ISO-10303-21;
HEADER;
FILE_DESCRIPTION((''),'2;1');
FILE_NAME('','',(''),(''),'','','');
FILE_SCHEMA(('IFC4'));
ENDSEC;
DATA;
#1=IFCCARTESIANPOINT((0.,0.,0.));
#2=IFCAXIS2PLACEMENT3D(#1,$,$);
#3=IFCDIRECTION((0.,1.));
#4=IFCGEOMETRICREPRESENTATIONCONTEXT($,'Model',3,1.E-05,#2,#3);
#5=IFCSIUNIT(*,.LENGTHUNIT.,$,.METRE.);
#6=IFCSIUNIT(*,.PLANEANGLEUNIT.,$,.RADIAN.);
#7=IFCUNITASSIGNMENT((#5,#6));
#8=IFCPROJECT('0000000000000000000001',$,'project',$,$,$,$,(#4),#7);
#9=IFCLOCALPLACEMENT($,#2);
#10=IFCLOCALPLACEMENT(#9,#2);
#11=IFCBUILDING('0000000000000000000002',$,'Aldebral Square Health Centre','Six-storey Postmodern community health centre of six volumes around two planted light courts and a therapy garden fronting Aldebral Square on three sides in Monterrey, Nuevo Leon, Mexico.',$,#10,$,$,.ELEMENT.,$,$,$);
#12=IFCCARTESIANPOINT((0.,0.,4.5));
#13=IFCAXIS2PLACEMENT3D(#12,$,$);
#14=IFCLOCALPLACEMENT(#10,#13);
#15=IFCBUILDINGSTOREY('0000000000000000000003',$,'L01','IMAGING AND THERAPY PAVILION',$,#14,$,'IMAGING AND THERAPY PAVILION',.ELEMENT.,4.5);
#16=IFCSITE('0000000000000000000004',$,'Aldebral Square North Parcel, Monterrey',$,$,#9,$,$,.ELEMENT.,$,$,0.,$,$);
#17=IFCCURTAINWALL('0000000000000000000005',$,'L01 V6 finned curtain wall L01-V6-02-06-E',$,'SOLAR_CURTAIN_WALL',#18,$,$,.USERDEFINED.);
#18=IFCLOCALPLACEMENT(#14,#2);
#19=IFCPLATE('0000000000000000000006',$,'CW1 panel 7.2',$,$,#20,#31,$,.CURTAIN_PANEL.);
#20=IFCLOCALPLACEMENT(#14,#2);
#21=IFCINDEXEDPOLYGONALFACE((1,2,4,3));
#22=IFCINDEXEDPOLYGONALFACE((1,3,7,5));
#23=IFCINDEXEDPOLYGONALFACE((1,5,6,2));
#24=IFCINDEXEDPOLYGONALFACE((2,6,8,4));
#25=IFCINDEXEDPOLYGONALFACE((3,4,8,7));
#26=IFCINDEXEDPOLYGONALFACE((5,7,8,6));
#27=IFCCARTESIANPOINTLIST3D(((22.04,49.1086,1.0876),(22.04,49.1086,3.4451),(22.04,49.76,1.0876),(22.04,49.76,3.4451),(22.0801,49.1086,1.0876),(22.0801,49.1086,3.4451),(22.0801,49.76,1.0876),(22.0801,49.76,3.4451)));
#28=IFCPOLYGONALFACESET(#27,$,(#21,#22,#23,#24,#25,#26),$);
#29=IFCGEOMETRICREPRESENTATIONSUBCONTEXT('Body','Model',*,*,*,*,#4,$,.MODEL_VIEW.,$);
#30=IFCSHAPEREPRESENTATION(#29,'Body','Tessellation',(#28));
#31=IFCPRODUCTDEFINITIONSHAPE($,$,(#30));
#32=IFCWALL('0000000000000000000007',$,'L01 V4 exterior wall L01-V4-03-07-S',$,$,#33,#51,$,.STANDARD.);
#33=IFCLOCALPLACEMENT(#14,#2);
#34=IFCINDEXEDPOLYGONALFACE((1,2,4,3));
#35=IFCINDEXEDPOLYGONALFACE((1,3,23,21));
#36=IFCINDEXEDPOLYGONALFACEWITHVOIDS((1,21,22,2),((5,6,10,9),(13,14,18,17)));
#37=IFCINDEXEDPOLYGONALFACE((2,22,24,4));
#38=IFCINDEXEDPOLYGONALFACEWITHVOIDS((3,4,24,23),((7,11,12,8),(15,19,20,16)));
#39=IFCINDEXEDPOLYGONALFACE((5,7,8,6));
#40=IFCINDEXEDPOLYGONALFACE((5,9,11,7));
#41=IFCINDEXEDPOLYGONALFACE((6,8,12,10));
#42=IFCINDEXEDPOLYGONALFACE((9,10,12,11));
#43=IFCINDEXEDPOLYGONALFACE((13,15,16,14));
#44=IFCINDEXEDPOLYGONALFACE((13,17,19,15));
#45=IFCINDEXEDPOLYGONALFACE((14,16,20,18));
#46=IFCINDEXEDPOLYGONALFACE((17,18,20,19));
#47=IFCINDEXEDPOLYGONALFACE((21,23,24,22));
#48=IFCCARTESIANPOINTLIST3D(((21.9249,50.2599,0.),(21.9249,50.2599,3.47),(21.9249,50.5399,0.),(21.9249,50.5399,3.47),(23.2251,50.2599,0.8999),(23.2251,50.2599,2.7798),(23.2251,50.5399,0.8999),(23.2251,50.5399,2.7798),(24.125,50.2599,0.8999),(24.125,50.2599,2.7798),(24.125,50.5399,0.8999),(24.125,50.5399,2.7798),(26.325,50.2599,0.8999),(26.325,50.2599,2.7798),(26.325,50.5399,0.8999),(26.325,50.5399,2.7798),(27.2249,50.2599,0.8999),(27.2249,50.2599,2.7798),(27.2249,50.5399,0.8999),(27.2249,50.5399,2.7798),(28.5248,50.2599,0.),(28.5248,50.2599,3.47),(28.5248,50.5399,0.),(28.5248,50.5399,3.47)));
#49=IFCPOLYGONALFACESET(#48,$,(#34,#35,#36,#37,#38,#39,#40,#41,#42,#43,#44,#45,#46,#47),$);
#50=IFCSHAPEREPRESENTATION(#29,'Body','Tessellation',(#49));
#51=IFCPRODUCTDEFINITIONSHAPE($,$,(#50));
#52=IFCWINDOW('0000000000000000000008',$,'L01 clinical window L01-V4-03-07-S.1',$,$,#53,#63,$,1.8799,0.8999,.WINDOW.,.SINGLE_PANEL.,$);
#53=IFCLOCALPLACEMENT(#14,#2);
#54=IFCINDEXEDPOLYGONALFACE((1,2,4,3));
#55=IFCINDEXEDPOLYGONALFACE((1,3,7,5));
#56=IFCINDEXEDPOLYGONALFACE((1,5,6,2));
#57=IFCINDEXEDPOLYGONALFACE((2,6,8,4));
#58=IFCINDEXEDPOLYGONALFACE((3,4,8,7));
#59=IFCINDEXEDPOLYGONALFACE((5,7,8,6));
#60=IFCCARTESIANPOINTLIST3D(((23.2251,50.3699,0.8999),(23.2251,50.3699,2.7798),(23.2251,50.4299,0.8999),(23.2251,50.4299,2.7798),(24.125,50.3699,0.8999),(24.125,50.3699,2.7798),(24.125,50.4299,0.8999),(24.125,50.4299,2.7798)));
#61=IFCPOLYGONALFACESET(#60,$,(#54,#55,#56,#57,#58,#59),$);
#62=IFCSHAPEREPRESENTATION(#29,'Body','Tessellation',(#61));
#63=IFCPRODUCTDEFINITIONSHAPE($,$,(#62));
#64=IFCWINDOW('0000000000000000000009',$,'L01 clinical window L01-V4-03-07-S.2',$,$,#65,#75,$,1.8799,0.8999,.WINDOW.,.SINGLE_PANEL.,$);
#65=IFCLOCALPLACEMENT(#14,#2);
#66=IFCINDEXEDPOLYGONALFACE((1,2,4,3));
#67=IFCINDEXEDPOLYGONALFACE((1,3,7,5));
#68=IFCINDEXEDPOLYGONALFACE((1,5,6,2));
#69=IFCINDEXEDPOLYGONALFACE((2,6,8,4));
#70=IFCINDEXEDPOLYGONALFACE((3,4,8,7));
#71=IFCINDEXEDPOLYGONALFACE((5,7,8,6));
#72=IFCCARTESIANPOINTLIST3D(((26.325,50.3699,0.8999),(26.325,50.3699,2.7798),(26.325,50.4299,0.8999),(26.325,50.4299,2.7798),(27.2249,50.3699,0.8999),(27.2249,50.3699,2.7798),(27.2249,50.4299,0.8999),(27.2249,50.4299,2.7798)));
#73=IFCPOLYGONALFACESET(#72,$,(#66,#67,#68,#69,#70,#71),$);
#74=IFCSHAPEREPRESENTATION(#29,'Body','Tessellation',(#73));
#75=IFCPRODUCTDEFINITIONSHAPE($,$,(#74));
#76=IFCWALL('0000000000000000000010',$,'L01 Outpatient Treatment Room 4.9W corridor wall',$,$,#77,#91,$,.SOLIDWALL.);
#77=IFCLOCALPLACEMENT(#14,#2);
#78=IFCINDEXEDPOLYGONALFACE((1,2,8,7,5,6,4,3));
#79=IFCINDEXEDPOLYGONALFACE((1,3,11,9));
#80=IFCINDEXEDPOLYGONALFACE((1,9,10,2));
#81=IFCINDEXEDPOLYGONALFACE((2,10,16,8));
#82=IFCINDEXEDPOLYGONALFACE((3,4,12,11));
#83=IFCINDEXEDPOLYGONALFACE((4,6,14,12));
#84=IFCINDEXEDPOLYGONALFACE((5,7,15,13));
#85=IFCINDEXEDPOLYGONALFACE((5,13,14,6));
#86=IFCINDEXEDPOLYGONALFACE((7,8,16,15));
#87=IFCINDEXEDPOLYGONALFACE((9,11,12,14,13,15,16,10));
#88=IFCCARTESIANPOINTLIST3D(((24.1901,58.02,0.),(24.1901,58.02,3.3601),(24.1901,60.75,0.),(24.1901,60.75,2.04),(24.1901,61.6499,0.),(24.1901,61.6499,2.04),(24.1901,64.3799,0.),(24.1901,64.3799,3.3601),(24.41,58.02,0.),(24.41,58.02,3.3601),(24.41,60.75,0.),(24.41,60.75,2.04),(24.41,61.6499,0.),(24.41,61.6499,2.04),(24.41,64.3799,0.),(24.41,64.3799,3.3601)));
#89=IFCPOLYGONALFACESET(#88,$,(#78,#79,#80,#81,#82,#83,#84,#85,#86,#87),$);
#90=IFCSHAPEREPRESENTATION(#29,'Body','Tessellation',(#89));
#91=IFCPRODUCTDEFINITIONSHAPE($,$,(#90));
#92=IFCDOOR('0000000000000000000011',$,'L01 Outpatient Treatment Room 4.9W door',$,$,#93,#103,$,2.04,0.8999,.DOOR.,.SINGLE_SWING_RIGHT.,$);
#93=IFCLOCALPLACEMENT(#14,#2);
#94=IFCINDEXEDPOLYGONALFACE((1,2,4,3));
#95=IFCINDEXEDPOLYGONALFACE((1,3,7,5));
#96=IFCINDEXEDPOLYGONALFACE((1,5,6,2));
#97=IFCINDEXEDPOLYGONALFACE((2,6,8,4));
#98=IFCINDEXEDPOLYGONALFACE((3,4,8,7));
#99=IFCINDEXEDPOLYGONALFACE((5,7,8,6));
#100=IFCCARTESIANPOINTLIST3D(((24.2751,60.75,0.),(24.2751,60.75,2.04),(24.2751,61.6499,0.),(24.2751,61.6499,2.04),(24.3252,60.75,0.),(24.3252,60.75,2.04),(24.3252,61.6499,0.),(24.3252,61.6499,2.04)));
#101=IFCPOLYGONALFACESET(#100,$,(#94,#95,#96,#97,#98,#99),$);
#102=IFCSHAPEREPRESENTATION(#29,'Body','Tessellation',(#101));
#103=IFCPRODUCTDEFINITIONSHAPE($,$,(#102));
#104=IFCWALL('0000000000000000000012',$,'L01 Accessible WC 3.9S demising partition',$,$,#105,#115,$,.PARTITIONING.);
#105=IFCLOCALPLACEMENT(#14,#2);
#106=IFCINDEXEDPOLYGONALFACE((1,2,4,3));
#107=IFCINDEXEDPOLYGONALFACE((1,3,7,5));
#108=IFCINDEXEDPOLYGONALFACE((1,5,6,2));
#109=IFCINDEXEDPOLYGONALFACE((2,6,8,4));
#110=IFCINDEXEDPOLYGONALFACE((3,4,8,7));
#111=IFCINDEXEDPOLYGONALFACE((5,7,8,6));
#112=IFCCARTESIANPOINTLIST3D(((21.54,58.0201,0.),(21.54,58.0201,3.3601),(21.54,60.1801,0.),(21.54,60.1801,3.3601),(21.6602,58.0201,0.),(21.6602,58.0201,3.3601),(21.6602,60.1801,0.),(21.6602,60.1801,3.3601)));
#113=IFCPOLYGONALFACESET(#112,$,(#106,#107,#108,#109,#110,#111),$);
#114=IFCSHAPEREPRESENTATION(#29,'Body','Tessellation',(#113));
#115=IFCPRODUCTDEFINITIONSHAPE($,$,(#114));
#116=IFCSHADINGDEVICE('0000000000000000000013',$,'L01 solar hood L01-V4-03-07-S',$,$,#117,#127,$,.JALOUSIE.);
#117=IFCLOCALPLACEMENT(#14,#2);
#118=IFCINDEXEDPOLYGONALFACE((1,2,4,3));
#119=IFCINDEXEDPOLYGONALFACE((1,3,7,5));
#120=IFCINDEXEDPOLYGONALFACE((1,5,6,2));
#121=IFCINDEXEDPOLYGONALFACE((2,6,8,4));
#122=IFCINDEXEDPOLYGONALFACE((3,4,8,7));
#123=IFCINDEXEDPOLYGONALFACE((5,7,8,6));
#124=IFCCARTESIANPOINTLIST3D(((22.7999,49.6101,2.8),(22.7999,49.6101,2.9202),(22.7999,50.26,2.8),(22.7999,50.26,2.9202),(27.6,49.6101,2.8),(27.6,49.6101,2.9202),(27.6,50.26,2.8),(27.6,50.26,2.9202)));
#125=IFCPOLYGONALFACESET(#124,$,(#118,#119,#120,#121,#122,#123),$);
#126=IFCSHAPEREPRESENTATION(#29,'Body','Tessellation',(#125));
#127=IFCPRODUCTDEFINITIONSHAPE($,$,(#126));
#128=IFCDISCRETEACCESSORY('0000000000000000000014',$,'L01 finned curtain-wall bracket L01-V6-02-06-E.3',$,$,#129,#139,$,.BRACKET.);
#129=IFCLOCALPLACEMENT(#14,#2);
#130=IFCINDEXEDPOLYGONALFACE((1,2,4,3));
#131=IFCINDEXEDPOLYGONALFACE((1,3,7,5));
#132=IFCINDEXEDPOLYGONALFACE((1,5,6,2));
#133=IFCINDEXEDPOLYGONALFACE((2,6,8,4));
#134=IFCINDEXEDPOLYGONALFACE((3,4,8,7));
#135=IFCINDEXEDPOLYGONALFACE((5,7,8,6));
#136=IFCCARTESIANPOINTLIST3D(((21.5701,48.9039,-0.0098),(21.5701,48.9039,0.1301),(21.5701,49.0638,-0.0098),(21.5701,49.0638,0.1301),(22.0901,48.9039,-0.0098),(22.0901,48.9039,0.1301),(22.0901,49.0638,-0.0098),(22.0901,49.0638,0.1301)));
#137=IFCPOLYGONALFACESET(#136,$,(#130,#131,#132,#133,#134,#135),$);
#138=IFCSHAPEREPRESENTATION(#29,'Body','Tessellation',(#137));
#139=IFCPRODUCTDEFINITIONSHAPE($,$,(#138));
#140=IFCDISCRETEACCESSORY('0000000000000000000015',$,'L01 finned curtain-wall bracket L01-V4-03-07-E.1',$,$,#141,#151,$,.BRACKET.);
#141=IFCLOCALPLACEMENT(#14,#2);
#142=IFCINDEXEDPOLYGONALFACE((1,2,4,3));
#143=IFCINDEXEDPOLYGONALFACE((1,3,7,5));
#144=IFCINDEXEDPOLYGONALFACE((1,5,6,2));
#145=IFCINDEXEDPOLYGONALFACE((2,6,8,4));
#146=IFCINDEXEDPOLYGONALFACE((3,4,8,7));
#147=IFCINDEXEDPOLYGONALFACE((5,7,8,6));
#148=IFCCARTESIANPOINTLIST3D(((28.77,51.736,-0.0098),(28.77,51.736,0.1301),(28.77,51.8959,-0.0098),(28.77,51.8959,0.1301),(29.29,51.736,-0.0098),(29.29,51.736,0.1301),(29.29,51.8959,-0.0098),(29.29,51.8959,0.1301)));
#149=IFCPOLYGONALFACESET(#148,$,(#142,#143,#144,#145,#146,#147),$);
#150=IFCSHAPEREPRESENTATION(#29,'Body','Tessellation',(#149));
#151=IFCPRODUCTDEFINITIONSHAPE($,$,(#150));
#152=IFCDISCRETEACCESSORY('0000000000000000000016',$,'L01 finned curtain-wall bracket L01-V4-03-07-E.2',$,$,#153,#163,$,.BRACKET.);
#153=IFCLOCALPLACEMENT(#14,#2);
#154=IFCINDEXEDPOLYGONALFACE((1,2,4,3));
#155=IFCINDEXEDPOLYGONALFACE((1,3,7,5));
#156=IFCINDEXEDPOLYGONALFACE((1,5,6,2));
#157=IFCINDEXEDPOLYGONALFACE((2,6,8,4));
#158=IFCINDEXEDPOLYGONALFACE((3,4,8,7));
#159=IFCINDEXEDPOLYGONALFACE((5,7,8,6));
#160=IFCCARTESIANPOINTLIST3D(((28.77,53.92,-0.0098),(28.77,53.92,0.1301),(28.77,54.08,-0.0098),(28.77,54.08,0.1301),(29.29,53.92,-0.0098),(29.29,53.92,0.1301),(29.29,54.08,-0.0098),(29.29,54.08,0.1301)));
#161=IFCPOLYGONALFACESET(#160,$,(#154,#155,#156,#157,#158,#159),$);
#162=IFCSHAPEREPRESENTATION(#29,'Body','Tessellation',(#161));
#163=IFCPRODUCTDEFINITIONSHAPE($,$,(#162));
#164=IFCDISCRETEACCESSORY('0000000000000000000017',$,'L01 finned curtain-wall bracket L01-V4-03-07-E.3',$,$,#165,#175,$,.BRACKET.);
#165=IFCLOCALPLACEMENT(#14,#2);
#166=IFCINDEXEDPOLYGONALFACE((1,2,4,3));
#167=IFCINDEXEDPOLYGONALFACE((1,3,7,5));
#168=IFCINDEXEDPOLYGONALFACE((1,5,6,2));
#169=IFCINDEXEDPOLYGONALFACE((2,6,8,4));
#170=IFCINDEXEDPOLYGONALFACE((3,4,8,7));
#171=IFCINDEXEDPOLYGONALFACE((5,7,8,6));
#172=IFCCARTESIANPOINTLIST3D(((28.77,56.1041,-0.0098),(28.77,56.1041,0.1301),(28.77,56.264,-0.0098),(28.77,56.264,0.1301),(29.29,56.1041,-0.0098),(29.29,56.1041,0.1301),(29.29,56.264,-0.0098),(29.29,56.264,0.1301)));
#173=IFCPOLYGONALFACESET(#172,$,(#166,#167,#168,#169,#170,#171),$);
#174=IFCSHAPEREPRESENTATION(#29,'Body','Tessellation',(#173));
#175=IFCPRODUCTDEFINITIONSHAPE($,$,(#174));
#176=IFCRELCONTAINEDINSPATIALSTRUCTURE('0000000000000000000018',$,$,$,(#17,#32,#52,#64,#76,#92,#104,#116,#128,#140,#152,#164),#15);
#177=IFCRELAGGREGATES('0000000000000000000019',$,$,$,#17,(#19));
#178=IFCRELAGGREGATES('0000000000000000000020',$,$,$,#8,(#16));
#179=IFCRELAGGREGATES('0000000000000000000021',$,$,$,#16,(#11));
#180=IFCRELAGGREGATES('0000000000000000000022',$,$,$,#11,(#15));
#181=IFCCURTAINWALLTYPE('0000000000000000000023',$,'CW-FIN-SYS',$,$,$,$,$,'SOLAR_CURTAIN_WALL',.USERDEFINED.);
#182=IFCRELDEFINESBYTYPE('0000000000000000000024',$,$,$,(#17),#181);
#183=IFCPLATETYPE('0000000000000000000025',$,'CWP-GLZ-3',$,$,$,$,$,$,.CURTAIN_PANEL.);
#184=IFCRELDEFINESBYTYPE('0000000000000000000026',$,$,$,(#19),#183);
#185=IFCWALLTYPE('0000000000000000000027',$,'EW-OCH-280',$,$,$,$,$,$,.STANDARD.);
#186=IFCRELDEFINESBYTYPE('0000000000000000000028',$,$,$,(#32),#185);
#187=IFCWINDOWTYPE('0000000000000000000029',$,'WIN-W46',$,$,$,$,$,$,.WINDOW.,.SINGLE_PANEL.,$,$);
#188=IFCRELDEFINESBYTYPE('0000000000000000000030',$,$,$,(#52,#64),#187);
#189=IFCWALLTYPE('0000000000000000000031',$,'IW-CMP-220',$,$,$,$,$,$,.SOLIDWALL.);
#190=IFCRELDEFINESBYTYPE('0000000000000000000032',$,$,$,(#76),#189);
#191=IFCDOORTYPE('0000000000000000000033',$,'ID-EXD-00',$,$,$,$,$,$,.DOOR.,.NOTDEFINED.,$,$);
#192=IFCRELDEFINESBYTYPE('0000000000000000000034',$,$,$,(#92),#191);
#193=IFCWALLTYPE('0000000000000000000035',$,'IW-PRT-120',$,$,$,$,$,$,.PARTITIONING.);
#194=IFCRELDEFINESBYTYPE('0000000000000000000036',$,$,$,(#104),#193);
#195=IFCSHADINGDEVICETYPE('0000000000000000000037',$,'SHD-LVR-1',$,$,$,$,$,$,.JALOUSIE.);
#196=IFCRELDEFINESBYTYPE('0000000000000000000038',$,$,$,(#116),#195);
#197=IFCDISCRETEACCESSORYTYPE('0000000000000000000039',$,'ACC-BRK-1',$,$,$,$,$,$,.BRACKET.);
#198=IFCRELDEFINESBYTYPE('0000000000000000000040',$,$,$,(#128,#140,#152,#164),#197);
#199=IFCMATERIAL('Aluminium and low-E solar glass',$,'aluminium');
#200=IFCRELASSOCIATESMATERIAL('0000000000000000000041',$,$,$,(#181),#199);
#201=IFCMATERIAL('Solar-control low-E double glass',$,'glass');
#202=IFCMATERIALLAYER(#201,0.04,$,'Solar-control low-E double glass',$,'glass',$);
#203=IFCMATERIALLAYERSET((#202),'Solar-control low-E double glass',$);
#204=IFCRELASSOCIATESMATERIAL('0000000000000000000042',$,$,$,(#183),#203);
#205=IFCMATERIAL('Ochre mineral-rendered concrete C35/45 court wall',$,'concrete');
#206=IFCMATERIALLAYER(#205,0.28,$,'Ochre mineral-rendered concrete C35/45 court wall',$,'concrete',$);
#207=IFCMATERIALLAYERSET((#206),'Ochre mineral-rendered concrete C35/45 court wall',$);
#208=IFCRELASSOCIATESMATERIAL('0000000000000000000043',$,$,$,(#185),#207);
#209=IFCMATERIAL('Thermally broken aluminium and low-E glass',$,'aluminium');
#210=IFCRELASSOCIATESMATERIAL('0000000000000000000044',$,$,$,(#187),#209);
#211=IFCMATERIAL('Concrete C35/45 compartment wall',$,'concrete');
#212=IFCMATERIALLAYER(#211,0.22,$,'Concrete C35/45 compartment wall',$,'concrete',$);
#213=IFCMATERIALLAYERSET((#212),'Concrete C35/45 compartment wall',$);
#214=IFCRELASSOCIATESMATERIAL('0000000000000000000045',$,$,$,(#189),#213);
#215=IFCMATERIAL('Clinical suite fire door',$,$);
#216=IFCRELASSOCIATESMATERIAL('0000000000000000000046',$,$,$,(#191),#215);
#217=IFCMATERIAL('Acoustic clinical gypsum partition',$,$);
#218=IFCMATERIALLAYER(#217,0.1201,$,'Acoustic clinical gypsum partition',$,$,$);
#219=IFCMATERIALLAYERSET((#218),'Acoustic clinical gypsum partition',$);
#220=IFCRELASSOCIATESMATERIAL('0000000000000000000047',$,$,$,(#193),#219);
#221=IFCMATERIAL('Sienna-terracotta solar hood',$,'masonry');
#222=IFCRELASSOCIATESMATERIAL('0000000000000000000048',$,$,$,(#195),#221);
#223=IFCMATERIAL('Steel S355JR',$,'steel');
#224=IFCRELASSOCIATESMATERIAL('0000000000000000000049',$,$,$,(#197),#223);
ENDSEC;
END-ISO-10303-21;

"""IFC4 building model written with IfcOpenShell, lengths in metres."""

from ifc_helpers import new_model, si_unit, direction, frame, frame_2d, origin, origin_2d, place, context, subcontext, project, spatial, rectangle, extrude, material, layer, layer_set, type_object, element, fill, aggregate, save


model = new_model("IFC4")

# Units and contexts
model_context = context("Model", 3, precision=1e-05, world=origin(), true_north=direction((0.0, 1.0)))
body_context = subcontext(model_context, "Body", "Model", "MODEL_VIEW")
ifc_project = project(units=[si_unit("LENGTHUNIT", "METRE"), si_unit("PLANEANGLEUNIT", "RADIAN")], contexts=[model_context])

# Site, building, storey
site_placement = place(None, origin())
site = spatial("IfcSite", under=ifc_project, at=site_placement, Name="Aldebral Square North Parcel, Monterrey", CompositionType="ELEMENT", RefElevation=0.0)
building_placement = place(site_placement, origin())
building = spatial("IfcBuilding", under=site, at=building_placement, Name="Aldebral Square Health Centre", Description="Six-storey Postmodern community health centre of six volumes around two planted light courts and a therapy garden fronting Aldebral Square on three sides in Monterrey, Nuevo Leon, Mexico.", CompositionType="ELEMENT")
storey_placement = place(building_placement, frame((0.0, 0.0, 4.5)))
storey = spatial("IfcBuildingStorey", under=building, at=storey_placement, Name="L01", Description="IMAGING AND THERAPY PAVILION", LongName="IMAGING AND THERAPY PAVILION", CompositionType="ELEMENT", Elevation=4.5)

# Curtain wall, plate
ifc_material_1 = material(Name="Aluminium and low-E solar glass", Category="aluminium")
curtain_wall_type = type_object("IfcCurtainWallType", Name="CW-FIN-SYS", ElementType="SOLAR_CURTAIN_WALL", PredefinedType="USERDEFINED", material=ifc_material_1)
curtain_wall_placement = place(storey_placement, origin())
curtain_wall = element("IfcCurtainWall", 1, at=curtain_wall_placement, inside=storey, type_object=curtain_wall_type, Name="L01 V6 finned curtain wall L01-V6-02-06-E", ObjectType="SOLAR_CURTAIN_WALL", PredefinedType="USERDEFINED")
ifc_material_2 = material(Name="Solar-control low-E double glass", Category="glass")
ifc_layer_1 = layer(ifc_material_2, 0.04, Name="Solar-control low-E double glass", Category="glass")
ifc_layer_set_1 = layer_set([ifc_layer_1], Name="Solar-control low-E double glass")
plate_type = type_object("IfcPlateType", Name="CWP-GLZ-3", PredefinedType="CURTAIN_PANEL", material=ifc_layer_set_1)
plate_1_placement = place(storey_placement, frame((22.0601, 49.4343, 1.0876), z_axis=(0.0, 0.0, 1.0), x_axis=(0.0, 1.0, 0.0)))
plate_1 = element("IfcPlate", 2, at=plate_1_placement, type_object=plate_type, Name="CW1 panel 7.2", PredefinedType="CURTAIN_PANEL", context=body_context, shape_type="SweptSolid", body=[
    extrude(rectangle(XDim=0.6514, YDim=0.04, at=origin_2d()), origin(), (0.0, 0.0, 1.0), 2.3574),
])
aggregate(curtain_wall, [plate_1])

# Wall, openings, windows
ifc_material_3 = material(Name="Ochre mineral-rendered concrete C35/45 court wall", Category="concrete")
ifc_layer_2 = layer(ifc_material_3, 0.28, Name="Ochre mineral-rendered concrete C35/45 court wall", Category="concrete")
ifc_layer_set_2 = layer_set([ifc_layer_2], Name="Ochre mineral-rendered concrete C35/45 court wall")
wall_type_1 = type_object("IfcWallType", Name="EW-OCH-280", PredefinedType="STANDARD", material=ifc_layer_set_2)
wall_1_placement = place(storey_placement, frame((21.925, 50.3999, 0.0), z_axis=(0.0, 0.0, 1.0), x_axis=(1.0, 0.0, 0.0)))
wall_1 = element("IfcWall", 3, at=wall_1_placement, inside=storey, type_object=wall_type_1, Name="L01 V4 exterior wall L01-V4-03-07-S", PredefinedType="STANDARD", context=body_context, shape_type="SweptSolid", body=[
    extrude(rectangle(XDim=6.5999, YDim=0.28, at=frame_2d((3.2998, 0.0))), origin(), (0.0, 0.0, 1.0), 3.47),
])
opening_1_placement = place(wall_1_placement, frame((1.3, 0.0, 0.8999)))
opening_1 = element("IfcOpeningElement", 4, at=opening_1_placement, cuts=wall_1, PredefinedType="OPENING", context=body_context, shape_type="SweptSolid", body=[
    extrude(rectangle(XDim=0.8999, YDim=1.8799, at=frame_2d((0.45, 0.9399))), frame((0.0, 0.1499, 0.0), z_axis=(0.0, -1.0, 0.0), x_axis=(1.0, 0.0, 0.0)), (0.0, 0.0, 1.0), 0.3),
])
opening_2_placement = place(wall_1_placement, frame((4.3999, 0.0, 0.8999)))
opening_2 = element("IfcOpeningElement", 5, at=opening_2_placement, cuts=wall_1, PredefinedType="OPENING", context=body_context, shape_type="SweptSolid", body=[
    extrude(rectangle(XDim=0.8999, YDim=1.8799, at=frame_2d((0.45, 0.9399))), frame((0.0, 0.1499, 0.0), z_axis=(0.0, -1.0, 0.0), x_axis=(1.0, 0.0, 0.0)), (0.0, 0.0, 1.0), 0.3),
])
ifc_material_4 = material(Name="Thermally broken aluminium and low-E glass", Category="aluminium")
window_type = type_object("IfcWindowType", Name="WIN-W46", PartitioningType="SINGLE_PANEL", PredefinedType="WINDOW", material=ifc_material_4)
window_1_placement = place(opening_1_placement, origin())
window_1 = element("IfcWindow", 6, at=window_1_placement, inside=storey, type_object=window_type, Name="L01 clinical window L01-V4-03-07-S.1", OverallHeight=1.8799, OverallWidth=0.8999, PartitioningType="SINGLE_PANEL", PredefinedType="WINDOW", context=body_context, shape_type="SweptSolid", body=[
    extrude(rectangle(XDim=0.8999, YDim=1.8799, at=frame_2d((0.45, 0.9399))), frame((0.0, 0.03, 0.0), z_axis=(0.0, -1.0, 0.0), x_axis=(1.0, 0.0, 0.0)), (0.0, 0.0, 1.0), 0.0601),
])
fill(opening_1, window_1)
window_2_placement = place(opening_2_placement, origin())
window_2 = element("IfcWindow", 7, at=window_2_placement, inside=storey, type_object=window_type, Name="L01 clinical window L01-V4-03-07-S.2", OverallHeight=1.8799, OverallWidth=0.8999, PartitioningType="SINGLE_PANEL", PredefinedType="WINDOW", context=body_context, shape_type="SweptSolid", body=[
    extrude(rectangle(XDim=0.8999, YDim=1.8799, at=frame_2d((0.45, 0.9399))), frame((0.0, 0.03, 0.0), z_axis=(0.0, -1.0, 0.0), x_axis=(1.0, 0.0, 0.0)), (0.0, 0.0, 1.0), 0.0601),
])
fill(opening_2, window_2)

# Wall, opening, door
ifc_material_5 = material(Name="Concrete C35/45 compartment wall", Category="concrete")
ifc_layer_3 = layer(ifc_material_5, 0.22, Name="Concrete C35/45 compartment wall", Category="concrete")
ifc_layer_set_3 = layer_set([ifc_layer_3], Name="Concrete C35/45 compartment wall")
wall_type_2 = type_object("IfcWallType", Name="IW-CMP-220", PredefinedType="SOLIDWALL", material=ifc_layer_set_3)
wall_2_placement = place(storey_placement, frame((24.3, 58.02, 0.0), z_axis=(0.0, 0.0, 1.0), x_axis=(0.0, 1.0, 0.0)))
wall_2 = element("IfcWall", 8, at=wall_2_placement, inside=storey, type_object=wall_type_2, Name="L01 Outpatient Treatment Room 4.9W corridor wall", PredefinedType="SOLIDWALL", context=body_context, shape_type="SweptSolid", body=[
    extrude(rectangle(XDim=6.3599, YDim=0.22, at=frame_2d((3.1799, 0.0))), origin(), (0.0, 0.0, 1.0), 3.3601),
])
opening_3_placement = place(wall_2_placement, frame((2.73, 0.0, 0.0)))
opening_3 = element("IfcOpeningElement", 9, at=opening_3_placement, cuts=wall_2, PredefinedType="OPENING", context=body_context, shape_type="SweptSolid", body=[
    extrude(rectangle(XDim=0.8999, YDim=2.04, at=frame_2d((0.45, 1.02))), frame((0.0, 0.1201, 0.0), z_axis=(0.0, -1.0, 0.0), x_axis=(1.0, 0.0, 0.0)), (0.0, 0.0, 1.0), 0.24),
])
ifc_material_6 = material(Name="Clinical suite fire door")
door_type_1 = type_object("IfcDoorType", Name="ID-EXD-00", OperationType="NOTDEFINED", PredefinedType="DOOR", material=ifc_material_6)
door_1_placement = place(opening_3_placement, origin())
door_1 = element("IfcDoor", 10, at=door_1_placement, inside=storey, type_object=door_type_1, Name="L01 Outpatient Treatment Room 4.9W door", OperationType="SINGLE_SWING_RIGHT", OverallHeight=2.04, OverallWidth=0.8999, PredefinedType="DOOR", context=body_context, shape_type="SweptSolid", body=[
    extrude(rectangle(XDim=0.8999, YDim=2.04, at=frame_2d((0.45, 1.02))), frame((0.0, 0.0249, 0.0), z_axis=(0.0, -1.0, 0.0), x_axis=(1.0, 0.0, 0.0)), (0.0, 0.0, 1.0), 0.05),
])
fill(opening_3, door_1)

# Wall
ifc_material_7 = material(Name="Acoustic clinical gypsum partition")
ifc_layer_4 = layer(ifc_material_7, 0.1201, Name="Acoustic clinical gypsum partition")
ifc_layer_set_4 = layer_set([ifc_layer_4], Name="Acoustic clinical gypsum partition")
wall_type_3 = type_object("IfcWallType", Name="IW-PRT-120", PredefinedType="PARTITIONING", material=ifc_layer_set_4)
wall_3_placement = place(storey_placement, frame((21.6001, 58.02, 0.0), z_axis=(0.0, 0.0, 1.0), x_axis=(0.0, 1.0, 0.0)))
element("IfcWall", 11, at=wall_3_placement, inside=storey, type_object=wall_type_3, Name="L01 Accessible WC 3.9S demising partition", PredefinedType="PARTITIONING", context=body_context, shape_type="SweptSolid", body=[
    extrude(rectangle(XDim=2.1599, YDim=0.1201, at=frame_2d((1.0801, 0.0))), origin(), (0.0, 0.0, 1.0), 3.3601),
])

# Shading device
ifc_material_8 = material(Name="Sienna-terracotta solar hood", Category="masonry")
shading_device_type = type_object("IfcShadingDeviceType", Name="SHD-LVR-1", PredefinedType="JALOUSIE", material=ifc_material_8)
shading_device_placement = place(storey_placement, frame((25.2, 49.9351, 2.8), z_axis=(0.0, 0.0, 1.0), x_axis=(1.0, 0.0, 0.0)))
element("IfcShadingDevice", 12, at=shading_device_placement, inside=storey, type_object=shading_device_type, Name="L01 solar hood L01-V4-03-07-S", PredefinedType="JALOUSIE", context=body_context, shape_type="SweptSolid", body=[
    extrude(rectangle(XDim=4.8, YDim=0.6499, at=origin_2d()), origin(), (0.0, 0.0, 1.0), 0.1201),
])

# Discrete accessories
ifc_material_9 = material(Name="Steel S355JR", Category="steel")
discrete_accessory_type = type_object("IfcDiscreteAccessoryType", Name="ACC-BRK-1", PredefinedType="BRACKET", material=ifc_material_9)
for number, where, z_axis, x_axis, name in (
    (13, (21.8301, 48.9839, -0.0098), (0.0, 0.0, 1.0), (0.0, 1.0, 0.0), "L01 finned curtain-wall bracket L01-V6-02-06-E.3"),
    (14, (29.03, 51.8159, -0.0098), (0.0, 0.0, 1.0), (0.0, 1.0, 0.0), "L01 finned curtain-wall bracket L01-V4-03-07-E.1"),
    (15, (29.03, 54.0, -0.0098), (0.0, 0.0, 1.0), (0.0, 1.0, 0.0), "L01 finned curtain-wall bracket L01-V4-03-07-E.2"),
    (16, (29.03, 56.1841, -0.0098), (0.0, 0.0, 1.0), (0.0, 1.0, 0.0), "L01 finned curtain-wall bracket L01-V4-03-07-E.3"),
):
    element("IfcDiscreteAccessory", number, at=place(storey_placement, frame(where, z_axis=z_axis, x_axis=x_axis)), inside=storey, type_object=discrete_accessory_type, Name=name, PredefinedType="BRACKET", context=body_context, shape_type="SweptSolid", body=[
        extrude(rectangle(XDim=0.1599, YDim=0.52, at=origin_2d()), origin(), (0.0, 0.0, 1.0), 0.1399),
    ])

save(model, "model.ifc")
